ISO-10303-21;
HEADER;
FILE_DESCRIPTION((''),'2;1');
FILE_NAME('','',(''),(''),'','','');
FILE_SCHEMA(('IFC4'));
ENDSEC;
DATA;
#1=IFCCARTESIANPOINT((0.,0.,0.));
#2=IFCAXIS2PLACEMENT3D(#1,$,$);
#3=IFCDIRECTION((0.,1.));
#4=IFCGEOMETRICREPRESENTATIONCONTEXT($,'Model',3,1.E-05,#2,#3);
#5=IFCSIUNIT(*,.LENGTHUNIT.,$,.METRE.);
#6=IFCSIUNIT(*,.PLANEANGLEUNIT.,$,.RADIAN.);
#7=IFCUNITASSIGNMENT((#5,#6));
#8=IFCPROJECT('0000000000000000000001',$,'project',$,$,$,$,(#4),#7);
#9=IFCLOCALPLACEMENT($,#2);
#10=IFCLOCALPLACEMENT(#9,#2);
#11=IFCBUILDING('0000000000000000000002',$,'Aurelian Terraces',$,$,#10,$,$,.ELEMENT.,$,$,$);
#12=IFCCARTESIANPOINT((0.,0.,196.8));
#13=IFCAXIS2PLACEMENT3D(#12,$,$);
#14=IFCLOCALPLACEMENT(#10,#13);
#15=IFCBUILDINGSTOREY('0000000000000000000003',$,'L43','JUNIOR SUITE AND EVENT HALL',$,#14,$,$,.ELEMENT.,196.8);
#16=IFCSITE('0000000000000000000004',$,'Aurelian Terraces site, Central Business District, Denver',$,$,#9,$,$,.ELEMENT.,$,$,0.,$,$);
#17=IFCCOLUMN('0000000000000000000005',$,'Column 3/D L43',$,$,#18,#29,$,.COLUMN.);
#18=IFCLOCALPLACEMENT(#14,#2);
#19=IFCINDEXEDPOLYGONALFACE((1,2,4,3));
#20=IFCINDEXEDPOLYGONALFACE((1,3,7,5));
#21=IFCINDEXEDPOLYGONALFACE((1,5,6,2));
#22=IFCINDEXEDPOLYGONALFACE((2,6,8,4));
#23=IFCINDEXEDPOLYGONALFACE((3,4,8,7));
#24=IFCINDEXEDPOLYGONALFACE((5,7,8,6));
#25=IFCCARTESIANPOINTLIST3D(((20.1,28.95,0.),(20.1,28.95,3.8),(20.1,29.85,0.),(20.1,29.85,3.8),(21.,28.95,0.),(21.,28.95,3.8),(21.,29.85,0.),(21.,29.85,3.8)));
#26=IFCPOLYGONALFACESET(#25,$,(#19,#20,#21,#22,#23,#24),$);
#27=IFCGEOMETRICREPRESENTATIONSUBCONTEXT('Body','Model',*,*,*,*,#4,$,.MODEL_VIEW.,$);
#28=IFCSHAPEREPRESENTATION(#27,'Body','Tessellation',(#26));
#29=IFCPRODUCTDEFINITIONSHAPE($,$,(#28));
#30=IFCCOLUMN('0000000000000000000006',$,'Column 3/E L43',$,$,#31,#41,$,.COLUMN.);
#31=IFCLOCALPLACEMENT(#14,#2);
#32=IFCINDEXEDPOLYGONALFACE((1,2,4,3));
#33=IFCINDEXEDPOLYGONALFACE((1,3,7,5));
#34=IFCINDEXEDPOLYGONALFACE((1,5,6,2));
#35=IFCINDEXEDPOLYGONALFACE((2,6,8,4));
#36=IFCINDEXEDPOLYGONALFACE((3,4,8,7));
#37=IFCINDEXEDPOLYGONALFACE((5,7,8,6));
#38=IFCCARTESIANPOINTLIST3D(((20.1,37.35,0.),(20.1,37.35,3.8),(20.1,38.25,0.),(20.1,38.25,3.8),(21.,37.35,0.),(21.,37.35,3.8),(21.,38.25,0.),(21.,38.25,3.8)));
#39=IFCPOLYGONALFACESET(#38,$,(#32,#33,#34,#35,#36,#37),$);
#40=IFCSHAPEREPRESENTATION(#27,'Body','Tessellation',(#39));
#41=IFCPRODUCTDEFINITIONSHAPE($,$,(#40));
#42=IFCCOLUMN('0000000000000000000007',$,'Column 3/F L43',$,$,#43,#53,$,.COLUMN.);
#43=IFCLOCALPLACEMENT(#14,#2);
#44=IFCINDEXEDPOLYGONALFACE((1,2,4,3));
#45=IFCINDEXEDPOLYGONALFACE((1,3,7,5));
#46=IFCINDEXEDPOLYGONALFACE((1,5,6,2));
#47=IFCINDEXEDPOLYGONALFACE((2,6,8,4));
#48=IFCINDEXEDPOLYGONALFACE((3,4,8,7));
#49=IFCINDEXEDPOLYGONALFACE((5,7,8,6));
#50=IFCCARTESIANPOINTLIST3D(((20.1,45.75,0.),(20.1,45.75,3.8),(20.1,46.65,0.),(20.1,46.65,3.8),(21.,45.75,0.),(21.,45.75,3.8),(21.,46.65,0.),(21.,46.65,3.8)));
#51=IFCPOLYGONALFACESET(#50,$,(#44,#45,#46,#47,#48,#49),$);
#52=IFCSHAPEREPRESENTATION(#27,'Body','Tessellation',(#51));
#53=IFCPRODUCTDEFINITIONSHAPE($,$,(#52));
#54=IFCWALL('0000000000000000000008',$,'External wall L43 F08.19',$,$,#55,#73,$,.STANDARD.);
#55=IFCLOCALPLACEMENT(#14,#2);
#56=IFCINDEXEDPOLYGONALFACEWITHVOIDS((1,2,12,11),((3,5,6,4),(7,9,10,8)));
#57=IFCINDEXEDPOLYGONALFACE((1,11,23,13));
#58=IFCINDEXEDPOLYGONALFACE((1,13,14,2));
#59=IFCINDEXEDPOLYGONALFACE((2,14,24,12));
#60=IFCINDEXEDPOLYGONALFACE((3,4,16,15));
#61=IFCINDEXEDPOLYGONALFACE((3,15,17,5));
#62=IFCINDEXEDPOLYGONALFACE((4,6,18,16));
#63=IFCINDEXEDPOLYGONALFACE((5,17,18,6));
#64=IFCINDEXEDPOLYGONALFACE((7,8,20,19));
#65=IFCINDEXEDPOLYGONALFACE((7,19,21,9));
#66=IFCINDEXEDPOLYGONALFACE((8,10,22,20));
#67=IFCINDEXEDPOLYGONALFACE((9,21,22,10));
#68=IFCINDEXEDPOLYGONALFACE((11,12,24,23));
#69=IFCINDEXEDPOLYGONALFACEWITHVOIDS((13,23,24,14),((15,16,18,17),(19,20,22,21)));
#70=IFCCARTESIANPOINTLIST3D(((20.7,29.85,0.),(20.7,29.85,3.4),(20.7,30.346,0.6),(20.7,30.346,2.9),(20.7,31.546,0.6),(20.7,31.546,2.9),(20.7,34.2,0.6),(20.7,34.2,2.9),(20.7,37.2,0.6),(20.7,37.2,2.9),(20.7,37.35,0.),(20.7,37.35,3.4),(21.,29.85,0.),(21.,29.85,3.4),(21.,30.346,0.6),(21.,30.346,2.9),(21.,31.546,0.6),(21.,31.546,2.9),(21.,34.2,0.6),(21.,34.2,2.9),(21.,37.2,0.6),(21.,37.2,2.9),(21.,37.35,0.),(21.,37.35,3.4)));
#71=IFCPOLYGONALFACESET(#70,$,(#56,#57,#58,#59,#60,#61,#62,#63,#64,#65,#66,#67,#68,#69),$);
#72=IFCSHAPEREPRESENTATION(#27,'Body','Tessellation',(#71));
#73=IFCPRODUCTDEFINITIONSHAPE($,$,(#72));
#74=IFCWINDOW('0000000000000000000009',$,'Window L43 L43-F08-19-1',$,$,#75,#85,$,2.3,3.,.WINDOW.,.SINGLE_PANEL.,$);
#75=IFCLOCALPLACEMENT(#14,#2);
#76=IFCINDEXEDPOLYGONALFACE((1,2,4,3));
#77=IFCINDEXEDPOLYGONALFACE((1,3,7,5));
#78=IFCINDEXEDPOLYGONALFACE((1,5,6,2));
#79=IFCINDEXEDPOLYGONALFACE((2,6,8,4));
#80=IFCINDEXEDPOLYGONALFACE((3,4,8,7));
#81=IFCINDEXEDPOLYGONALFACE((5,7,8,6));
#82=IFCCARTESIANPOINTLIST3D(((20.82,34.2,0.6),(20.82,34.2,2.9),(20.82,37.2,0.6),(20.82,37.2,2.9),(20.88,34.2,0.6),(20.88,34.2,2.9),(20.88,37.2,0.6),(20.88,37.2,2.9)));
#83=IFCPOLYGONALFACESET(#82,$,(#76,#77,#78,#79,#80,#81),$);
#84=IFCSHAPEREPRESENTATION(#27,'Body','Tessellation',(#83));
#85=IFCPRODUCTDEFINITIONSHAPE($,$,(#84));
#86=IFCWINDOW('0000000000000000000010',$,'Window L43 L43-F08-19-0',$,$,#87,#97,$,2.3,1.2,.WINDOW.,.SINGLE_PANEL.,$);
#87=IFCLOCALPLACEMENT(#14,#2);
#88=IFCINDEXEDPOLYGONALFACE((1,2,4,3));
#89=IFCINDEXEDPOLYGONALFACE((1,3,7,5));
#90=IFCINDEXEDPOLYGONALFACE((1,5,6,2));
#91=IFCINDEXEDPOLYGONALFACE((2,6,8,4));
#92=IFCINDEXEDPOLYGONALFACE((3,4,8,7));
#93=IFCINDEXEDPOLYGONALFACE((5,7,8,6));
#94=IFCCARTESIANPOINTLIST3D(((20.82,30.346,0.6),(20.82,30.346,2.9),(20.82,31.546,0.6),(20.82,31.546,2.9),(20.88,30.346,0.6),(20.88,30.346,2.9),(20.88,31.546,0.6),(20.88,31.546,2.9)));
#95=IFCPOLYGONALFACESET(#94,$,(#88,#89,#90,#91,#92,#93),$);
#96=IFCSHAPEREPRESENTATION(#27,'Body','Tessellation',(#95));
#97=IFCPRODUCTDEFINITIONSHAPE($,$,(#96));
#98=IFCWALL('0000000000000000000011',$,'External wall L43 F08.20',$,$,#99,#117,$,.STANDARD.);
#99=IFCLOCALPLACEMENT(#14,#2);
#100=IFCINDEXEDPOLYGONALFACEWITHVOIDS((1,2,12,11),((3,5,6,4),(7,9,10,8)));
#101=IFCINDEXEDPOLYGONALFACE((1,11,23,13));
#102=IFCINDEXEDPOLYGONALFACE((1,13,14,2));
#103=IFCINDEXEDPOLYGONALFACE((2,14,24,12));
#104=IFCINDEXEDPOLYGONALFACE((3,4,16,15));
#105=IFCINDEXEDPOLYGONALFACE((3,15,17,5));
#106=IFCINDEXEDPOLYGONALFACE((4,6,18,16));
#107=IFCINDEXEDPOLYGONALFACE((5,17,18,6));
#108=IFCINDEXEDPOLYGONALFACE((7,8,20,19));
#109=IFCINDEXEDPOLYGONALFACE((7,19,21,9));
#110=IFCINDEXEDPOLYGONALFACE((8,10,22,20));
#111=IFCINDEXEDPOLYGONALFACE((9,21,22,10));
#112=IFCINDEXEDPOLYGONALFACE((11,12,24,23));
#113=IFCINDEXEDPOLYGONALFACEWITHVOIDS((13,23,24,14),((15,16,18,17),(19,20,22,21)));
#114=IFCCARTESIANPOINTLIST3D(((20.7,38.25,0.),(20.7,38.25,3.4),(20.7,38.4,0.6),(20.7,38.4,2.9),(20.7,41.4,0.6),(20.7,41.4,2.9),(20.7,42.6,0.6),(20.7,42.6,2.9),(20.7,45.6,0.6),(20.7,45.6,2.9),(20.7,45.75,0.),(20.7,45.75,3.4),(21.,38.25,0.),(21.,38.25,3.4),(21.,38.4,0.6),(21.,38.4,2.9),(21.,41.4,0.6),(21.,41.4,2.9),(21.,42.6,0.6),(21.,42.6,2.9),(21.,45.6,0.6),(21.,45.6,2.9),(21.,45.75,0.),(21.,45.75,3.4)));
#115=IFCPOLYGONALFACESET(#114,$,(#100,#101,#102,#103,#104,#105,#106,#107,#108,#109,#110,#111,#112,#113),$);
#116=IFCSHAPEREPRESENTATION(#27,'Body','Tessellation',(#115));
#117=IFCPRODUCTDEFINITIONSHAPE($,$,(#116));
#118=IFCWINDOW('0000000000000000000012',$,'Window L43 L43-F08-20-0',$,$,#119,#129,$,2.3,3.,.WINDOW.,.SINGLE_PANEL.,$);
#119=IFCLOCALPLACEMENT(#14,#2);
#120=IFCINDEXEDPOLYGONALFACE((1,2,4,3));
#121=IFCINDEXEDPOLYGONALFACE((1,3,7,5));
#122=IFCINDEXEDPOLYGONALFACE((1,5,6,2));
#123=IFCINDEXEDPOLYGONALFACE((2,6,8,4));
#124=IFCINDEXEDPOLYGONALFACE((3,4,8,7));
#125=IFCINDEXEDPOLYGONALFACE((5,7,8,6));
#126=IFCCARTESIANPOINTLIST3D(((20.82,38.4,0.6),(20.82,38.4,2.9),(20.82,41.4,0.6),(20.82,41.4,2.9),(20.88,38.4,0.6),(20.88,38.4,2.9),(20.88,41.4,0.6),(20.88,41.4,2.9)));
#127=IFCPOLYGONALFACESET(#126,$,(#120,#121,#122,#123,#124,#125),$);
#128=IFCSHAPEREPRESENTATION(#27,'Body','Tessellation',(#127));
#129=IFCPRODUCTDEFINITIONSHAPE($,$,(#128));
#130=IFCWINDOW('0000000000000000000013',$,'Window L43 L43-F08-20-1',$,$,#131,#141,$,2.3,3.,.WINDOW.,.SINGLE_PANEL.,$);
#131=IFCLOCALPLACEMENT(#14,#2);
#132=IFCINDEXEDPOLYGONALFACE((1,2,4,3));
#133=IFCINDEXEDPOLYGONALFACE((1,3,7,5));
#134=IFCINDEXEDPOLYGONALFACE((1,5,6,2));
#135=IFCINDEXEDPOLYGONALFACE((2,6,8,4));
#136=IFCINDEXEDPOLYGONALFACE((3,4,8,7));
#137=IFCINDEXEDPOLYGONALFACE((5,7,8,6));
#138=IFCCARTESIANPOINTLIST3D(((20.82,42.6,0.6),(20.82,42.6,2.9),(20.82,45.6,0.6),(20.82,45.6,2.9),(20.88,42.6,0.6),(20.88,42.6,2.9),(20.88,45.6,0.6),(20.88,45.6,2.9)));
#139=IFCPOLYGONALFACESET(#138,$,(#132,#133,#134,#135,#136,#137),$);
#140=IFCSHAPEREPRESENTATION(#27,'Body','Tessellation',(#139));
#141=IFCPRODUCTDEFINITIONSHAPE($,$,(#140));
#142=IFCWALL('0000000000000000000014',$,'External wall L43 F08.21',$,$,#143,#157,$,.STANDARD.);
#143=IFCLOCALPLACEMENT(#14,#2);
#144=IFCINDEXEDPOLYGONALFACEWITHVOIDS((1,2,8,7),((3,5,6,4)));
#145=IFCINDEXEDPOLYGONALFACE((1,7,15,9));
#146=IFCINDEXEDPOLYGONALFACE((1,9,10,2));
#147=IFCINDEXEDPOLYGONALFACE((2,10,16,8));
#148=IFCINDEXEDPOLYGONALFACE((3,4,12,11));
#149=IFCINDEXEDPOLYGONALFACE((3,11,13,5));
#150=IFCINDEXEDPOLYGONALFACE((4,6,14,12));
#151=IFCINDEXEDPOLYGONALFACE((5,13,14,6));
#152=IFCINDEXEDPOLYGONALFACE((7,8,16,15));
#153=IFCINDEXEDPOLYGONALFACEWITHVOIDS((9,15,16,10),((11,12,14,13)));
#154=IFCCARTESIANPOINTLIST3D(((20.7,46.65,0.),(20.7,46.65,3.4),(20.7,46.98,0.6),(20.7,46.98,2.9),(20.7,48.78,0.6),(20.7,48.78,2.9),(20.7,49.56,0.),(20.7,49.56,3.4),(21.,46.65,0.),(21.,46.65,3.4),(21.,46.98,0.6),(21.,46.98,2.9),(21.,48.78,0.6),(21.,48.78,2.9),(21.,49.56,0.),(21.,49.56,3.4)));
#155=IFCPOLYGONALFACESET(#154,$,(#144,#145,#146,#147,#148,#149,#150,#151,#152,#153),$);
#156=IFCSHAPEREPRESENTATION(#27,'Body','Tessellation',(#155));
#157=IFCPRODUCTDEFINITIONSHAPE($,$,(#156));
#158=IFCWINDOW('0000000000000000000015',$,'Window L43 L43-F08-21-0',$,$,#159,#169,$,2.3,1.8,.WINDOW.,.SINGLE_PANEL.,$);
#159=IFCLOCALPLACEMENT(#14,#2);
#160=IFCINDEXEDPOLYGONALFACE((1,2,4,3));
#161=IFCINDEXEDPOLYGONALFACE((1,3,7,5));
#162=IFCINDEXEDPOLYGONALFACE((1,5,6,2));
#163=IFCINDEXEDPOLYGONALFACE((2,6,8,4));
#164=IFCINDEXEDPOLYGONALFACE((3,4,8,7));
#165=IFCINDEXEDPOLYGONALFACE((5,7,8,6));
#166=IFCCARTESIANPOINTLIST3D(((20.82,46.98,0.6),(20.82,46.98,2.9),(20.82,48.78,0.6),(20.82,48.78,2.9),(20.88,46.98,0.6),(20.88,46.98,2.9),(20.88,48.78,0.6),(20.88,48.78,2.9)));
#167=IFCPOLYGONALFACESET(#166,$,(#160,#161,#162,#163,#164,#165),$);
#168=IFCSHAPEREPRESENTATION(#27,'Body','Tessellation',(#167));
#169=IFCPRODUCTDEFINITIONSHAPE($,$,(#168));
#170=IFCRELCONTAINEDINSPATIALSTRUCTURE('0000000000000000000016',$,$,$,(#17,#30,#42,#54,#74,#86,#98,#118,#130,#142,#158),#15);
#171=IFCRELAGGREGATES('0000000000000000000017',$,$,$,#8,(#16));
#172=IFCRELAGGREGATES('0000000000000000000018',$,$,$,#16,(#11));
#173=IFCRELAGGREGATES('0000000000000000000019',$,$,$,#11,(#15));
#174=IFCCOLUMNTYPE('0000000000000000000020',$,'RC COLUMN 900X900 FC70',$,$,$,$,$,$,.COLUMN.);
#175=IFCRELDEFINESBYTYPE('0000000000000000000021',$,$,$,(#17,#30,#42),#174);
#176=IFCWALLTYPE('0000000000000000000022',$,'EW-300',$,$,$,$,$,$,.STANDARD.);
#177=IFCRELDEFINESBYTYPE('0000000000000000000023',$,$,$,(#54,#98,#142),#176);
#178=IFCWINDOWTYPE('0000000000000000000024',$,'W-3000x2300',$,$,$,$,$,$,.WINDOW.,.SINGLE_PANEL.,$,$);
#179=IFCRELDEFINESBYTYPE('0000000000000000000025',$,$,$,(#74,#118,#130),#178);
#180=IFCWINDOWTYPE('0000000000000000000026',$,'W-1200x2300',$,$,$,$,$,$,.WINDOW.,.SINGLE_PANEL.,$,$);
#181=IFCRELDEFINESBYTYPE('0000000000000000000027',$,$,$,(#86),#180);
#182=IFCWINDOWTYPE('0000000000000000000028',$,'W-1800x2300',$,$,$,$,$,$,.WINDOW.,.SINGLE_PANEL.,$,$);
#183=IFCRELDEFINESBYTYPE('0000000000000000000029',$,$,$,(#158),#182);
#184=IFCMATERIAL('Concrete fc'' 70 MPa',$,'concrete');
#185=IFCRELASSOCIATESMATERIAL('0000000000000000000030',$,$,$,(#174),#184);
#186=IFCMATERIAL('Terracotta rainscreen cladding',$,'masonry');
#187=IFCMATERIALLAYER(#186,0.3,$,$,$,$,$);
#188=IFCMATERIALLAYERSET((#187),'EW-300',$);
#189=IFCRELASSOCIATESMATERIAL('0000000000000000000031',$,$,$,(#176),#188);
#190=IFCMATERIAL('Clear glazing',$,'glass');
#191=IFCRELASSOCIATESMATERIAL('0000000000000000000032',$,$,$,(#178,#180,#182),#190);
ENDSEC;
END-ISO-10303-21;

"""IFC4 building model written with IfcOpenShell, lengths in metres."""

from ifc_helpers import new_model, si_unit, direction, frame, frame_2d, origin, origin_2d, place, context, subcontext, project, spatial, rectangle, extrude, source, transform, mapped, material, layer, layer_set, material_profile, profile_set, type_object, element, fill, save


model = new_model("IFC4")

# Units and contexts
model_context = context("Model", 3, precision=1e-05, world=origin(), true_north=direction((0.0, 1.0)))
body_context = subcontext(model_context, "Body", "Model", "MODEL_VIEW")
ifc_project = project(units=[si_unit("LENGTHUNIT", "METRE"), si_unit("PLANEANGLEUNIT", "RADIAN")], contexts=[model_context])

# Site, building, storey
site_placement = place(None, origin())
site = spatial("IfcSite", under=ifc_project, at=site_placement, Name="Aurelian Terraces site, Central Business District, Denver", CompositionType="ELEMENT", RefElevation=0.0)
building_placement = place(site_placement, origin())
building = spatial("IfcBuilding", under=site, at=building_placement, Name="Aurelian Terraces", CompositionType="ELEMENT")
storey_placement = place(building_placement, frame((0.0, 0.0, 196.8)))
storey = spatial("IfcBuildingStorey", under=building, at=storey_placement, Name="L43", Description="JUNIOR SUITE AND EVENT HALL", CompositionType="ELEMENT", Elevation=196.8)

# Columns
ifc_material_1 = material(Name="Concrete fc' 70 MPa", Category="concrete")
ifc_material_profile = material_profile(ifc_material_1, rectangle(XDim=0.9, YDim=0.9, at=origin_2d()))
ifc_profile_set = profile_set([ifc_material_profile], Name="Concrete fc' 70 MPa")
column_type = type_object("IfcColumnType", Name="RC COLUMN 900X900 FC70", PredefinedType="COLUMN", material=ifc_profile_set)
shared_shape_1 = source(origin(), body_context, "Body", "SweptSolid", [
    extrude(rectangle(XDim=0.9, YDim=0.9, at=origin_2d()), origin(), (0.0, 0.0, 1.0), 3.8),
])
for number, where, z_axis, x_axis, name in (
    (1, (20.55, 29.4, 0.0), (0.0, 0.0, 1.0), (1.0, 0.0, 0.0), "Column 3/D L43"),
    (2, (20.55, 37.8, 0.0), (0.0, 0.0, 1.0), (1.0, 0.0, 0.0), "Column 3/E L43"),
    (3, (20.55, 46.2, 0.0), (0.0, 0.0, 1.0), (1.0, 0.0, 0.0), "Column 3/F L43"),
):
    element("IfcColumn", number, at=place(storey_placement, frame(where, z_axis=z_axis, x_axis=x_axis)), inside=storey, type_object=column_type, Name=name, PredefinedType="COLUMN", context=body_context, shape_type="MappedRepresentation", body=[
        mapped(shared_shape_1, transform((0.0, 0.0, 0.0), scale=1.0)),
    ])

# Walls, openings, windows
ifc_material_2 = material(Name="Terracotta rainscreen cladding", Category="masonry")
ifc_layer_1 = layer(ifc_material_2, 0.3)
ifc_layer_set_1 = layer_set([ifc_layer_1], Name="EW-300")
wall_type_1 = type_object("IfcWallType", Name="EW-300", PredefinedType="STANDARD", material=ifc_layer_set_1)
shared_shape_2 = source(origin(), body_context, "Body", "SweptSolid", [
    extrude(rectangle(XDim=7.5, YDim=0.3, at=frame_2d((3.75, 0.0))), origin(), (0.0, 0.0, 1.0), 3.4),
])
wall_1_placement = place(storey_placement, frame((20.85, 29.85, 0.0), z_axis=(0.0, 0.0, 1.0), x_axis=(0.0, 1.0, 0.0)))
wall_1 = element("IfcWall", 4, at=wall_1_placement, inside=storey, type_object=wall_type_1, Name="External wall L43 F08.19", PredefinedType="STANDARD", context=body_context, shape_type="MappedRepresentation", body=[
    mapped(shared_shape_2, transform((0.0, 0.0, 0.0), scale=1.0)),
])
shared_shape_3 = source(origin(), body_context, "Body", "SweptSolid", [
    extrude(rectangle(XDim=1.2, YDim=2.3, at=frame_2d((0.6, 1.15))), frame((0.0, 0.16, 0.0), z_axis=(0.0, -1.0, 0.0), x_axis=(1.0, 0.0, 0.0)), (0.0, 0.0, 1.0), 0.32),
])
opening_1_placement = place(wall_1_placement, frame((0.496, 0.0, 0.6)))
opening_1 = element("IfcOpeningElement", 5, at=opening_1_placement, cuts=wall_1, PredefinedType="OPENING", context=body_context, shape_type="MappedRepresentation", body=[
    mapped(shared_shape_3, transform((0.0, 0.0, 0.0), scale=1.0)),
])
shared_shape_4 = source(origin(), body_context, "Body", "SweptSolid", [
    extrude(rectangle(XDim=3.0, YDim=2.3, at=frame_2d((1.5, 1.15))), frame((0.0, 0.16, 0.0), z_axis=(0.0, -1.0, 0.0), x_axis=(1.0, 0.0, 0.0)), (0.0, 0.0, 1.0), 0.32),
])
opening_2_placement = place(wall_1_placement, frame((4.35, 0.0, 0.6)))
opening_2 = element("IfcOpeningElement", 6, at=opening_2_placement, cuts=wall_1, PredefinedType="OPENING", context=body_context, shape_type="MappedRepresentation", body=[
    mapped(shared_shape_4, transform((0.0, 0.0, 0.0), scale=1.0)),
])
ifc_material_3 = material(Name="Clear glazing", Category="glass")
window_type_1 = type_object("IfcWindowType", Name="W-3000x2300", PartitioningType="SINGLE_PANEL", PredefinedType="WINDOW", material=ifc_material_3)
shared_shape_5 = source(origin(), body_context, "Body", "SweptSolid", [
    extrude(rectangle(XDim=3.0, YDim=2.3, at=frame_2d((1.5, 1.15))), frame((0.0, 0.03, 0.0), z_axis=(0.0, -1.0, 0.0), x_axis=(1.0, 0.0, 0.0)), (0.0, 0.0, 1.0), 0.06),
])
window_1_placement = place(opening_2_placement, origin())
window_1 = element("IfcWindow", 7, at=window_1_placement, inside=storey, type_object=window_type_1, Name="Window L43 L43-F08-19-1", OverallHeight=2.3, OverallWidth=3.0, PartitioningType="SINGLE_PANEL", PredefinedType="WINDOW", context=body_context, shape_type="MappedRepresentation", body=[
    mapped(shared_shape_5, transform((0.0, 0.0, 0.0), scale=1.0)),
])
fill(opening_2, window_1)
window_type_2 = type_object("IfcWindowType", Name="W-1200x2300", PartitioningType="SINGLE_PANEL", PredefinedType="WINDOW", material=ifc_material_3)
shared_shape_6 = source(origin(), body_context, "Body", "SweptSolid", [
    extrude(rectangle(XDim=1.2, YDim=2.3, at=frame_2d((0.6, 1.15))), frame((0.0, 0.03, 0.0), z_axis=(0.0, -1.0, 0.0), x_axis=(1.0, 0.0, 0.0)), (0.0, 0.0, 1.0), 0.06),
])
window_2_placement = place(opening_1_placement, origin())
window_2 = element("IfcWindow", 8, at=window_2_placement, inside=storey, type_object=window_type_2, Name="Window L43 L43-F08-19-0", OverallHeight=2.3, OverallWidth=1.2, PartitioningType="SINGLE_PANEL", PredefinedType="WINDOW", context=body_context, shape_type="MappedRepresentation", body=[
    mapped(shared_shape_6, transform((0.0, 0.0, 0.0), scale=1.0)),
])
fill(opening_1, window_2)
wall_2_placement = place(storey_placement, frame((20.85, 38.25, 0.0), z_axis=(0.0, 0.0, 1.0), x_axis=(0.0, 1.0, 0.0)))
wall_2 = element("IfcWall", 9, at=wall_2_placement, inside=storey, type_object=wall_type_1, Name="External wall L43 F08.20", PredefinedType="STANDARD", context=body_context, shape_type="MappedRepresentation", body=[
    mapped(shared_shape_2, transform((0.0, 0.0, 0.0), scale=1.0)),
])
opening_3_placement = place(wall_2_placement, frame((0.15, 0.0, 0.6)))
opening_3 = element("IfcOpeningElement", 10, at=opening_3_placement, cuts=wall_2, PredefinedType="OPENING", context=body_context, shape_type="MappedRepresentation", body=[
    mapped(shared_shape_4, transform((0.0, 0.0, 0.0), scale=1.0)),
])
opening_4_placement = place(wall_2_placement, frame((4.35, 0.0, 0.6)))
opening_4 = element("IfcOpeningElement", 11, at=opening_4_placement, cuts=wall_2, PredefinedType="OPENING", context=body_context, shape_type="MappedRepresentation", body=[
    mapped(shared_shape_4, transform((0.0, 0.0, 0.0), scale=1.0)),
])
window_3_placement = place(opening_3_placement, origin())
window_3 = element("IfcWindow", 12, at=window_3_placement, inside=storey, type_object=window_type_1, Name="Window L43 L43-F08-20-0", OverallHeight=2.3, OverallWidth=3.0, PartitioningType="SINGLE_PANEL", PredefinedType="WINDOW", context=body_context, shape_type="MappedRepresentation", body=[
    mapped(shared_shape_5, transform((0.0, 0.0, 0.0), scale=1.0)),
])
fill(opening_3, window_3)
window_4_placement = place(opening_4_placement, origin())
window_4 = element("IfcWindow", 13, at=window_4_placement, inside=storey, type_object=window_type_1, Name="Window L43 L43-F08-20-1", OverallHeight=2.3, OverallWidth=3.0, PartitioningType="SINGLE_PANEL", PredefinedType="WINDOW", context=body_context, shape_type="MappedRepresentation", body=[
    mapped(shared_shape_5, transform((0.0, 0.0, 0.0), scale=1.0)),
])
fill(opening_4, window_4)

# Wall, opening, window
shared_shape_7 = source(origin(), body_context, "Body", "SweptSolid", [
    extrude(rectangle(XDim=2.91, YDim=0.3, at=frame_2d((1.455, 0.0))), origin(), (0.0, 0.0, 1.0), 3.4),
])
wall_3_placement = place(storey_placement, frame((20.85, 46.65, 0.0), z_axis=(0.0, 0.0, 1.0), x_axis=(0.0, 1.0, 0.0)))
wall_3 = element("IfcWall", 14, at=wall_3_placement, inside=storey, type_object=wall_type_1, Name="External wall L43 F08.21", PredefinedType="STANDARD", context=body_context, shape_type="MappedRepresentation", body=[
    mapped(shared_shape_7, transform((0.0, 0.0, 0.0), scale=1.0)),
])
shared_shape_8 = source(origin(), body_context, "Body", "SweptSolid", [
    extrude(rectangle(XDim=1.8, YDim=2.3, at=frame_2d((0.9, 1.15))), frame((0.0, 0.16, 0.0), z_axis=(0.0, -1.0, 0.0), x_axis=(1.0, 0.0, 0.0)), (0.0, 0.0, 1.0), 0.32),
])
opening_5_placement = place(wall_3_placement, frame((0.33, 0.0, 0.6)))
opening_5 = element("IfcOpeningElement", 15, at=opening_5_placement, cuts=wall_3, PredefinedType="OPENING", context=body_context, shape_type="MappedRepresentation", body=[
    mapped(shared_shape_8, transform((0.0, 0.0, 0.0), scale=1.0)),
])
window_type_3 = type_object("IfcWindowType", Name="W-1800x2300", PartitioningType="SINGLE_PANEL", PredefinedType="WINDOW", material=ifc_material_3)
shared_shape_9 = source(origin(), body_context, "Body", "SweptSolid", [
    extrude(rectangle(XDim=1.8, YDim=2.3, at=frame_2d((0.9, 1.15))), frame((0.0, 0.03, 0.0), z_axis=(0.0, -1.0, 0.0), x_axis=(1.0, 0.0, 0.0)), (0.0, 0.0, 1.0), 0.06),
])
window_5_placement = place(opening_5_placement, origin())
window_5 = element("IfcWindow", 16, at=window_5_placement, inside=storey, type_object=window_type_3, Name="Window L43 L43-F08-21-0", OverallHeight=2.3, OverallWidth=1.8, PartitioningType="SINGLE_PANEL", PredefinedType="WINDOW", context=body_context, shape_type="MappedRepresentation", body=[
    mapped(shared_shape_9, transform((0.0, 0.0, 0.0), scale=1.0)),
])
fill(opening_5, window_5)

save(model, "model.ifc")
